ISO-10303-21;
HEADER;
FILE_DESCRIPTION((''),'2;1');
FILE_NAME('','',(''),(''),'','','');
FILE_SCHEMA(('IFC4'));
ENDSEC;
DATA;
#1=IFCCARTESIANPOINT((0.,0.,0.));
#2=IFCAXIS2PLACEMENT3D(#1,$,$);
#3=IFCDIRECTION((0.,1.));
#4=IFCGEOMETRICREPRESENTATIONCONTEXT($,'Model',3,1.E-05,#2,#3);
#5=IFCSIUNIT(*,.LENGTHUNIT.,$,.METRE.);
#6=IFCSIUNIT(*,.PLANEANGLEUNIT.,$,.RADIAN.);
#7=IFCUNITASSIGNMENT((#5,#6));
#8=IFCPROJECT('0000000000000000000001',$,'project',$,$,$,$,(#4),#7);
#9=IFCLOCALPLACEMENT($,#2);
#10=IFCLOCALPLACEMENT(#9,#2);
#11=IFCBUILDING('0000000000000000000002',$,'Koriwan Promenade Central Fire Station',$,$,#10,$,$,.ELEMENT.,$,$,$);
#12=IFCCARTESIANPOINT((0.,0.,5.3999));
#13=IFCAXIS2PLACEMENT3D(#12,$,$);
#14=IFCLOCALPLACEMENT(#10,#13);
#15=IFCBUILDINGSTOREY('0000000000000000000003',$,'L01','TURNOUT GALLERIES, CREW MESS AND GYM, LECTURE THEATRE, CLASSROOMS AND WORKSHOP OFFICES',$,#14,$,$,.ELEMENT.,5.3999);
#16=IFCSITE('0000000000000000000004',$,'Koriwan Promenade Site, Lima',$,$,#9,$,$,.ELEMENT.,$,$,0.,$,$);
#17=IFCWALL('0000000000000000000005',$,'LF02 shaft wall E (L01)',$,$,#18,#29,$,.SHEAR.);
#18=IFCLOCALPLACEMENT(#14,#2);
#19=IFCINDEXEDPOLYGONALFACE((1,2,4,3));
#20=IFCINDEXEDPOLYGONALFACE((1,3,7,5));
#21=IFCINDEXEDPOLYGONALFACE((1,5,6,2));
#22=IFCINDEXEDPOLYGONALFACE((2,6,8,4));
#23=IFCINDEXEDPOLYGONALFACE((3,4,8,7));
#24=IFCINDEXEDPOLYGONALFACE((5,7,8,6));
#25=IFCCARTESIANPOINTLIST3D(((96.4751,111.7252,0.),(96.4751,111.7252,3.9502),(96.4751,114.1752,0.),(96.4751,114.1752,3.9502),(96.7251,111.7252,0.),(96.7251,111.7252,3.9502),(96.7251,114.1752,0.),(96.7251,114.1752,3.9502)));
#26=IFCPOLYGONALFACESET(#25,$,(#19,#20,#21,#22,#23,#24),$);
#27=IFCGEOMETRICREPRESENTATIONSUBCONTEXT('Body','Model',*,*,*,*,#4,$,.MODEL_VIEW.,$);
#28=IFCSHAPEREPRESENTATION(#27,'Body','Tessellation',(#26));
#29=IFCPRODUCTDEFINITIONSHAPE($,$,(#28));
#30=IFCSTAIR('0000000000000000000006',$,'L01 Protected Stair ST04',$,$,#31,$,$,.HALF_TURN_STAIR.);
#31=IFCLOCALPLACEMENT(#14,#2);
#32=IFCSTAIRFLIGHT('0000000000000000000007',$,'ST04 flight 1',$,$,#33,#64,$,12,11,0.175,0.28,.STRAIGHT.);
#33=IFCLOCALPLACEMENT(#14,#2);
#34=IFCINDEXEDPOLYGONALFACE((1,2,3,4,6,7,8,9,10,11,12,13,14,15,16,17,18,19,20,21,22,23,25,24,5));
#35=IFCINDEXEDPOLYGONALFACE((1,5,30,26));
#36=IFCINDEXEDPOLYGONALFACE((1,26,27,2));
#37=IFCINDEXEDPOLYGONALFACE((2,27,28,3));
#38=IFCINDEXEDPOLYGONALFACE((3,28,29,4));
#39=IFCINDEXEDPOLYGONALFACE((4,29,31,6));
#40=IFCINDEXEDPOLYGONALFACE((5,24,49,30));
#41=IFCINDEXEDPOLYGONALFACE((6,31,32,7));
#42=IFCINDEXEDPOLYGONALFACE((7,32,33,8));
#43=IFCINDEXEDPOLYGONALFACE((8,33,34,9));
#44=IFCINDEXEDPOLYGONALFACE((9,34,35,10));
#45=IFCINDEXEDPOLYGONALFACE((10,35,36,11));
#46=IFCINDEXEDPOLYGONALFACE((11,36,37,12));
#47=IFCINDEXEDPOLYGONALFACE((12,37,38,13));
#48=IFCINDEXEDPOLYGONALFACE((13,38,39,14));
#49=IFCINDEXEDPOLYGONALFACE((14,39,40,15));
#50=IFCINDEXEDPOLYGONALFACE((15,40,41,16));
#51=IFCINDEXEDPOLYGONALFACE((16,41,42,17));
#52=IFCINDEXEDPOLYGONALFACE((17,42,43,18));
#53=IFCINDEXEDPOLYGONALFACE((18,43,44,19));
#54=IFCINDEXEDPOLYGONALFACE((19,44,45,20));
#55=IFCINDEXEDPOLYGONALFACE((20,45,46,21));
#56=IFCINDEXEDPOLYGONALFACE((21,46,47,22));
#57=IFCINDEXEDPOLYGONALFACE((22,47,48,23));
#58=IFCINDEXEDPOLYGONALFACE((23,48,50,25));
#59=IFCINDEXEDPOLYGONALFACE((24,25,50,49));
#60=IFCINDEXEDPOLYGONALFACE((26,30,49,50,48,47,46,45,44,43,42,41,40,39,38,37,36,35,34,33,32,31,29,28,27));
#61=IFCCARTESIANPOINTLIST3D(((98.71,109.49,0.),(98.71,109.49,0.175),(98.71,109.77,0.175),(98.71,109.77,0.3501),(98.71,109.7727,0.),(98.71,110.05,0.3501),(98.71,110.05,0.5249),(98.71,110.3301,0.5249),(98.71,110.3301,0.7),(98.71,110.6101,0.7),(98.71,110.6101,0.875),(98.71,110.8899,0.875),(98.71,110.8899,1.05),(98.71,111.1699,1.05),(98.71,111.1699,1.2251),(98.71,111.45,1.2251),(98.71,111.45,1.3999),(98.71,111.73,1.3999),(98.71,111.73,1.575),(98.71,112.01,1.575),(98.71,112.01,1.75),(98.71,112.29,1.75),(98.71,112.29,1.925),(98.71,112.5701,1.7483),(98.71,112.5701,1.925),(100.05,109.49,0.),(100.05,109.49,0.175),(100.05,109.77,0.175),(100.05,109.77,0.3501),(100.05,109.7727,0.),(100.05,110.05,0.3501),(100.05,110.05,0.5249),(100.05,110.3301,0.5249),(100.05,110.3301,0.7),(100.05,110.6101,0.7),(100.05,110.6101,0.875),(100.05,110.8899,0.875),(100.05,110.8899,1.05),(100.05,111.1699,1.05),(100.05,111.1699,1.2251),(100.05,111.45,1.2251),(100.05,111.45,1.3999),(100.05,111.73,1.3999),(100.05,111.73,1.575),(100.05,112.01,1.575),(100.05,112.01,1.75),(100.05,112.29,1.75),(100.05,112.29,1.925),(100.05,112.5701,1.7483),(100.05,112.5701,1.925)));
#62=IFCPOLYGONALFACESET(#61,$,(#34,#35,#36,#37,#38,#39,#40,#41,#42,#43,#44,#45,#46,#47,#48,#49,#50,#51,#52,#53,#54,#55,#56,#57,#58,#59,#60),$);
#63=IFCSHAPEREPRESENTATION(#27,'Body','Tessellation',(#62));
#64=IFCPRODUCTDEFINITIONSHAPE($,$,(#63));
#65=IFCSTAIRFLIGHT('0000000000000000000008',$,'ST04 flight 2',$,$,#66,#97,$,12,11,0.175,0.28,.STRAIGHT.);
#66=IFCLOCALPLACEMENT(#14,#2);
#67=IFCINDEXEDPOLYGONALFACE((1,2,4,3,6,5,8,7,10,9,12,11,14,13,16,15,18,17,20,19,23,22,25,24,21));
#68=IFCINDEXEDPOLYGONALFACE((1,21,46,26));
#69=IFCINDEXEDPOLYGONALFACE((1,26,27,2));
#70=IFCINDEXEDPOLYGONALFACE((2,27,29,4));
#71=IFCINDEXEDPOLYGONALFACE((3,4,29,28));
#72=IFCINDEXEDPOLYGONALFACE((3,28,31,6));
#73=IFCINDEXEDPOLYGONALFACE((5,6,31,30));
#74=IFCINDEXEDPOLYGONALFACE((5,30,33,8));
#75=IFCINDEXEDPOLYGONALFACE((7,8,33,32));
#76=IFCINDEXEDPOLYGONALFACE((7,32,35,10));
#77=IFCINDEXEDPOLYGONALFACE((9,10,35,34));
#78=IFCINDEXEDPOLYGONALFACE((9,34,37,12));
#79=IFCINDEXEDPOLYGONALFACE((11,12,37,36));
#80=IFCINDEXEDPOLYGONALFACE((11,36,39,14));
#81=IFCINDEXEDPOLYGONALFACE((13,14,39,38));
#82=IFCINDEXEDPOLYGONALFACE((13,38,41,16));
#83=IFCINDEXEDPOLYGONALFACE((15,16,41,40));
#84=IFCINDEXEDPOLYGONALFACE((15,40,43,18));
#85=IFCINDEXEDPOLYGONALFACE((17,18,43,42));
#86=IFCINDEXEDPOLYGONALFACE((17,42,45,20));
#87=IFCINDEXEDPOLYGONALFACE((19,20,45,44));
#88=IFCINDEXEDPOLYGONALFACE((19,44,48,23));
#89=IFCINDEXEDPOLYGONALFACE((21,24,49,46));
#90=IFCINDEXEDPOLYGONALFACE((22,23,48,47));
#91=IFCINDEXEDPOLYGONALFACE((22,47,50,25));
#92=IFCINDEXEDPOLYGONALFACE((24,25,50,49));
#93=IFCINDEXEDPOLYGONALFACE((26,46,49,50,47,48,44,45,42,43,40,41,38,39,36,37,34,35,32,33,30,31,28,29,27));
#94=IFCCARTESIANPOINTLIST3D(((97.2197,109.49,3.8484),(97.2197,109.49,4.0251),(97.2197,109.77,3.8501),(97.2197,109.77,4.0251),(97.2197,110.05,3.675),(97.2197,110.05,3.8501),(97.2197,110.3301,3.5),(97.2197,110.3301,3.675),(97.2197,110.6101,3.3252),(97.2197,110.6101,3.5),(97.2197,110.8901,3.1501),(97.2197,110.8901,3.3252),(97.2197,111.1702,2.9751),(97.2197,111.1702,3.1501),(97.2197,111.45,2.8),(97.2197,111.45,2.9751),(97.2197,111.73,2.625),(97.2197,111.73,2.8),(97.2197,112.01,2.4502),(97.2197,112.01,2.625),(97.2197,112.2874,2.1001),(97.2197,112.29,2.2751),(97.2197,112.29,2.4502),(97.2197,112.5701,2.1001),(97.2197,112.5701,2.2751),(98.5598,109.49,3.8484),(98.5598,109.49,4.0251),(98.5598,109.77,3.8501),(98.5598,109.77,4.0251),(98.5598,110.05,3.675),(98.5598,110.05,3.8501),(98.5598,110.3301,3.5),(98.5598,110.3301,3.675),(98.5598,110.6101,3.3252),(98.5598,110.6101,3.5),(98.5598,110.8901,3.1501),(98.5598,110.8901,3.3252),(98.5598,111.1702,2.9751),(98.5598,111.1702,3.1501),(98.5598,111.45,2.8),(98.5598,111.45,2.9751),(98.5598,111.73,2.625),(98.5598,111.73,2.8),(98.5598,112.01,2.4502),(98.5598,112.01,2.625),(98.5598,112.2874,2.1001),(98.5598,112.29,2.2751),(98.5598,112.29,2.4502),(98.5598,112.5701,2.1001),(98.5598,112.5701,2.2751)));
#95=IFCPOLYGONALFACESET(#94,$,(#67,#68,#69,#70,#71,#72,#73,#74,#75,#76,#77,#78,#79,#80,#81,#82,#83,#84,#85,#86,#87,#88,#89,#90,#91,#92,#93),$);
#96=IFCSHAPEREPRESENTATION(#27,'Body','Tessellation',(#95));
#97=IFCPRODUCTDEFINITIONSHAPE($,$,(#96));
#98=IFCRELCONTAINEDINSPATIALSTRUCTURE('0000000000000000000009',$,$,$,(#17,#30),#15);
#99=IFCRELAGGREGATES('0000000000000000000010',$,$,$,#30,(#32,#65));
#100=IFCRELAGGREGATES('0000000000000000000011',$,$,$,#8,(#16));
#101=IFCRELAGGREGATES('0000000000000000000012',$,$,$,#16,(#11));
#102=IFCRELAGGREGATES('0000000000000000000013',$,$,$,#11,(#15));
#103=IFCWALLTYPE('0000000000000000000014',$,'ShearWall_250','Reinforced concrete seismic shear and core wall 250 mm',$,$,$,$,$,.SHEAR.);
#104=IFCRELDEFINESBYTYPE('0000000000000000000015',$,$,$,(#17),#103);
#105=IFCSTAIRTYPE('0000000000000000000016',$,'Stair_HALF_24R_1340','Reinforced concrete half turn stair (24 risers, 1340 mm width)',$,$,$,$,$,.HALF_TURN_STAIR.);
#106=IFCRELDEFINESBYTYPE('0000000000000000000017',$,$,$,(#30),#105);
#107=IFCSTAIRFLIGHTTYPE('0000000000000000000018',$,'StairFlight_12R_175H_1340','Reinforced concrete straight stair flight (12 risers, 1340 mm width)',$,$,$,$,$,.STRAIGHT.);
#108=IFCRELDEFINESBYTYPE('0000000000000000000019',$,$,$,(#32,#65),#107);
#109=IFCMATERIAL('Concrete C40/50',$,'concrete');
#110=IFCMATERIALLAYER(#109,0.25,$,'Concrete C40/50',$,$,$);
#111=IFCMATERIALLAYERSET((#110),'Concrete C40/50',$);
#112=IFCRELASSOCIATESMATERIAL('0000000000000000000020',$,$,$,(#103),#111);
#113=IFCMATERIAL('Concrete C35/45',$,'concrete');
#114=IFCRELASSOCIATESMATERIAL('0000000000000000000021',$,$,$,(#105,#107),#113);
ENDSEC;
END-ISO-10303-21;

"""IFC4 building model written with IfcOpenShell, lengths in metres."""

from ifc_helpers import new_model, si_unit, direction, frame, frame_2d, origin, place, context, subcontext, project, spatial, polyline, rectangle, outline, extrude, material, layer, layer_set, type_object, element, aggregate, save


model = new_model("IFC4")

# Units and contexts
model_context = context("Model", 3, precision=1e-05, world=origin(), true_north=direction((0.0, 1.0)))
body_context = subcontext(model_context, "Body", "Model", "MODEL_VIEW")
ifc_project = project(units=[si_unit("LENGTHUNIT", "METRE"), si_unit("PLANEANGLEUNIT", "RADIAN")], contexts=[model_context])

# Site, building, storey
site_placement = place(None, origin())
site = spatial("IfcSite", under=ifc_project, at=site_placement, Name="Koriwan Promenade Site, Lima", CompositionType="ELEMENT", RefElevation=0.0)
building_placement = place(site_placement, origin())
building = spatial("IfcBuilding", under=site, at=building_placement, Name="Koriwan Promenade Central Fire Station", CompositionType="ELEMENT")
storey_placement = place(building_placement, frame((0.0, 0.0, 5.3999)))
storey = spatial("IfcBuildingStorey", under=building, at=storey_placement, Name="L01", Description="TURNOUT GALLERIES, CREW MESS AND GYM, LECTURE THEATRE, CLASSROOMS AND WORKSHOP OFFICES", CompositionType="ELEMENT", Elevation=5.3999)

# Shared definitions
ifc_material_1 = material(Name="Concrete C40/50", Category="concrete")

# Wall
ifc_layer_1 = layer(ifc_material_1, 0.25, Name="Concrete C40/50")
ifc_layer_set_1 = layer_set([ifc_layer_1], Name="Concrete C40/50")
wall_type_1 = type_object("IfcWallType", Name="ShearWall_250", Description="Reinforced concrete seismic shear and core wall 250 mm", PredefinedType="SHEAR", material=ifc_layer_set_1)
wall_1_placement = place(storey_placement, frame((96.6001, 111.7251, 0.0), z_axis=(0.0, 0.0, 1.0), x_axis=(0.0, 1.0, 0.0)))
element("IfcWall", 1, at=wall_1_placement, inside=storey, type_object=wall_type_1, Name="LF02 shaft wall E (L01)", PredefinedType="SHEAR", context=body_context, shape_type="SweptSolid", body=[
    extrude(rectangle(XDim=2.45, YDim=0.25, at=frame_2d((1.2251, 0.0))), origin(), (0.0, 0.0, 1.0), 3.9502),
])

# Stair, stair flights
ifc_material_2 = material(Name="Concrete C35/45", Category="concrete")
stair_type = type_object("IfcStairType", Name="Stair_HALF_24R_1340", Description="Reinforced concrete half turn stair (24 risers, 1340 mm width)", PredefinedType="HALF_TURN_STAIR", material=ifc_material_2)
stair_placement = place(storey_placement, origin())
stair = element("IfcStair", 2, at=stair_placement, inside=storey, type_object=stair_type, Name="L01 Protected Stair ST04", PredefinedType="HALF_TURN_STAIR")
stair_flight_type = type_object("IfcStairFlightType", Name="StairFlight_12R_175H_1340", Description="Reinforced concrete straight stair flight (12 risers, 1340 mm width)", PredefinedType="STRAIGHT", material=ifc_material_2)
stair_flight_1_placement = place(storey_placement, frame((99.3799, 109.49, 0.0), z_axis=(0.0, 0.0, 1.0), x_axis=(0.0, 1.0, 0.0)))
stair_flight_1 = element("IfcStairFlight", 3, at=stair_flight_1_placement, type_object=stair_flight_type, Name="ST04 flight 1", NumberOfRisers=12, NumberOfTreads=11, PredefinedType="STRAIGHT", RiserHeight=0.175, TreadLength=0.28, context=body_context, shape_type="SweptSolid", body=[
    extrude(outline(polyline([(0.0, 0.0), (0.0, 0.175), (0.28, 0.175), (0.28, 0.3501), (0.5601, 0.3501), (0.5601, 0.5249), (0.8401, 0.5249), (0.8401, 0.7), (1.1201, 0.7), (1.1201, 0.875), (1.3999, 0.875), (1.3999, 1.05), (1.6799, 1.05), (1.6799, 1.2251), (1.96, 1.2251), (1.96, 1.3999), (2.24, 1.3999), (2.24, 1.575), (2.52, 1.575), (2.52, 1.75), (2.8, 1.75), (2.8, 1.925), (3.0801, 1.925), (3.0801, 2.1001), (3.0801, 1.7483), (0.2827, 0.0), (0.0, 0.0)])), frame((0.0, 0.6699, 0.0), z_axis=(0.0, -1.0, 0.0), x_axis=(1.0, 0.0, 0.0)), (0.0, 0.0, 1.0), 1.3401),
])
stair_flight_2_placement = place(storey_placement, frame((97.8899, 112.5701, 2.1001), z_axis=(0.0, 0.0, 1.0), x_axis=(0.0, -1.0, 0.0)))
stair_flight_2 = element("IfcStairFlight", 4, at=stair_flight_2_placement, type_object=stair_flight_type, Name="ST04 flight 2", NumberOfRisers=12, NumberOfTreads=11, PredefinedType="STRAIGHT", RiserHeight=0.175, TreadLength=0.28, context=body_context, shape_type="SweptSolid", body=[
    extrude(outline(polyline([(0.0, 0.0), (0.0, 0.175), (0.28, 0.175), (0.28, 0.3501), (0.5601, 0.3501), (0.5601, 0.5249), (0.8401, 0.5249), (0.8401, 0.7), (1.1201, 0.7), (1.1201, 0.875), (1.3999, 0.875), (1.3999, 1.05), (1.6799, 1.05), (1.6799, 1.2251), (1.96, 1.2251), (1.96, 1.3999), (2.24, 1.3999), (2.24, 1.575), (2.52, 1.575), (2.52, 1.75), (2.8, 1.75), (2.8, 1.925), (3.0801, 1.925), (3.0801, 2.1001), (3.0801, 1.7483), (0.2827, 0.0), (0.0, 0.0)])), frame((0.0, 0.6699, 0.0), z_axis=(0.0, -1.0, 0.0), x_axis=(1.0, 0.0, 0.0)), (0.0, 0.0, 1.0), 1.3401),
])
aggregate(stair, [stair_flight_1, stair_flight_2])

save(model, "model.ifc")
